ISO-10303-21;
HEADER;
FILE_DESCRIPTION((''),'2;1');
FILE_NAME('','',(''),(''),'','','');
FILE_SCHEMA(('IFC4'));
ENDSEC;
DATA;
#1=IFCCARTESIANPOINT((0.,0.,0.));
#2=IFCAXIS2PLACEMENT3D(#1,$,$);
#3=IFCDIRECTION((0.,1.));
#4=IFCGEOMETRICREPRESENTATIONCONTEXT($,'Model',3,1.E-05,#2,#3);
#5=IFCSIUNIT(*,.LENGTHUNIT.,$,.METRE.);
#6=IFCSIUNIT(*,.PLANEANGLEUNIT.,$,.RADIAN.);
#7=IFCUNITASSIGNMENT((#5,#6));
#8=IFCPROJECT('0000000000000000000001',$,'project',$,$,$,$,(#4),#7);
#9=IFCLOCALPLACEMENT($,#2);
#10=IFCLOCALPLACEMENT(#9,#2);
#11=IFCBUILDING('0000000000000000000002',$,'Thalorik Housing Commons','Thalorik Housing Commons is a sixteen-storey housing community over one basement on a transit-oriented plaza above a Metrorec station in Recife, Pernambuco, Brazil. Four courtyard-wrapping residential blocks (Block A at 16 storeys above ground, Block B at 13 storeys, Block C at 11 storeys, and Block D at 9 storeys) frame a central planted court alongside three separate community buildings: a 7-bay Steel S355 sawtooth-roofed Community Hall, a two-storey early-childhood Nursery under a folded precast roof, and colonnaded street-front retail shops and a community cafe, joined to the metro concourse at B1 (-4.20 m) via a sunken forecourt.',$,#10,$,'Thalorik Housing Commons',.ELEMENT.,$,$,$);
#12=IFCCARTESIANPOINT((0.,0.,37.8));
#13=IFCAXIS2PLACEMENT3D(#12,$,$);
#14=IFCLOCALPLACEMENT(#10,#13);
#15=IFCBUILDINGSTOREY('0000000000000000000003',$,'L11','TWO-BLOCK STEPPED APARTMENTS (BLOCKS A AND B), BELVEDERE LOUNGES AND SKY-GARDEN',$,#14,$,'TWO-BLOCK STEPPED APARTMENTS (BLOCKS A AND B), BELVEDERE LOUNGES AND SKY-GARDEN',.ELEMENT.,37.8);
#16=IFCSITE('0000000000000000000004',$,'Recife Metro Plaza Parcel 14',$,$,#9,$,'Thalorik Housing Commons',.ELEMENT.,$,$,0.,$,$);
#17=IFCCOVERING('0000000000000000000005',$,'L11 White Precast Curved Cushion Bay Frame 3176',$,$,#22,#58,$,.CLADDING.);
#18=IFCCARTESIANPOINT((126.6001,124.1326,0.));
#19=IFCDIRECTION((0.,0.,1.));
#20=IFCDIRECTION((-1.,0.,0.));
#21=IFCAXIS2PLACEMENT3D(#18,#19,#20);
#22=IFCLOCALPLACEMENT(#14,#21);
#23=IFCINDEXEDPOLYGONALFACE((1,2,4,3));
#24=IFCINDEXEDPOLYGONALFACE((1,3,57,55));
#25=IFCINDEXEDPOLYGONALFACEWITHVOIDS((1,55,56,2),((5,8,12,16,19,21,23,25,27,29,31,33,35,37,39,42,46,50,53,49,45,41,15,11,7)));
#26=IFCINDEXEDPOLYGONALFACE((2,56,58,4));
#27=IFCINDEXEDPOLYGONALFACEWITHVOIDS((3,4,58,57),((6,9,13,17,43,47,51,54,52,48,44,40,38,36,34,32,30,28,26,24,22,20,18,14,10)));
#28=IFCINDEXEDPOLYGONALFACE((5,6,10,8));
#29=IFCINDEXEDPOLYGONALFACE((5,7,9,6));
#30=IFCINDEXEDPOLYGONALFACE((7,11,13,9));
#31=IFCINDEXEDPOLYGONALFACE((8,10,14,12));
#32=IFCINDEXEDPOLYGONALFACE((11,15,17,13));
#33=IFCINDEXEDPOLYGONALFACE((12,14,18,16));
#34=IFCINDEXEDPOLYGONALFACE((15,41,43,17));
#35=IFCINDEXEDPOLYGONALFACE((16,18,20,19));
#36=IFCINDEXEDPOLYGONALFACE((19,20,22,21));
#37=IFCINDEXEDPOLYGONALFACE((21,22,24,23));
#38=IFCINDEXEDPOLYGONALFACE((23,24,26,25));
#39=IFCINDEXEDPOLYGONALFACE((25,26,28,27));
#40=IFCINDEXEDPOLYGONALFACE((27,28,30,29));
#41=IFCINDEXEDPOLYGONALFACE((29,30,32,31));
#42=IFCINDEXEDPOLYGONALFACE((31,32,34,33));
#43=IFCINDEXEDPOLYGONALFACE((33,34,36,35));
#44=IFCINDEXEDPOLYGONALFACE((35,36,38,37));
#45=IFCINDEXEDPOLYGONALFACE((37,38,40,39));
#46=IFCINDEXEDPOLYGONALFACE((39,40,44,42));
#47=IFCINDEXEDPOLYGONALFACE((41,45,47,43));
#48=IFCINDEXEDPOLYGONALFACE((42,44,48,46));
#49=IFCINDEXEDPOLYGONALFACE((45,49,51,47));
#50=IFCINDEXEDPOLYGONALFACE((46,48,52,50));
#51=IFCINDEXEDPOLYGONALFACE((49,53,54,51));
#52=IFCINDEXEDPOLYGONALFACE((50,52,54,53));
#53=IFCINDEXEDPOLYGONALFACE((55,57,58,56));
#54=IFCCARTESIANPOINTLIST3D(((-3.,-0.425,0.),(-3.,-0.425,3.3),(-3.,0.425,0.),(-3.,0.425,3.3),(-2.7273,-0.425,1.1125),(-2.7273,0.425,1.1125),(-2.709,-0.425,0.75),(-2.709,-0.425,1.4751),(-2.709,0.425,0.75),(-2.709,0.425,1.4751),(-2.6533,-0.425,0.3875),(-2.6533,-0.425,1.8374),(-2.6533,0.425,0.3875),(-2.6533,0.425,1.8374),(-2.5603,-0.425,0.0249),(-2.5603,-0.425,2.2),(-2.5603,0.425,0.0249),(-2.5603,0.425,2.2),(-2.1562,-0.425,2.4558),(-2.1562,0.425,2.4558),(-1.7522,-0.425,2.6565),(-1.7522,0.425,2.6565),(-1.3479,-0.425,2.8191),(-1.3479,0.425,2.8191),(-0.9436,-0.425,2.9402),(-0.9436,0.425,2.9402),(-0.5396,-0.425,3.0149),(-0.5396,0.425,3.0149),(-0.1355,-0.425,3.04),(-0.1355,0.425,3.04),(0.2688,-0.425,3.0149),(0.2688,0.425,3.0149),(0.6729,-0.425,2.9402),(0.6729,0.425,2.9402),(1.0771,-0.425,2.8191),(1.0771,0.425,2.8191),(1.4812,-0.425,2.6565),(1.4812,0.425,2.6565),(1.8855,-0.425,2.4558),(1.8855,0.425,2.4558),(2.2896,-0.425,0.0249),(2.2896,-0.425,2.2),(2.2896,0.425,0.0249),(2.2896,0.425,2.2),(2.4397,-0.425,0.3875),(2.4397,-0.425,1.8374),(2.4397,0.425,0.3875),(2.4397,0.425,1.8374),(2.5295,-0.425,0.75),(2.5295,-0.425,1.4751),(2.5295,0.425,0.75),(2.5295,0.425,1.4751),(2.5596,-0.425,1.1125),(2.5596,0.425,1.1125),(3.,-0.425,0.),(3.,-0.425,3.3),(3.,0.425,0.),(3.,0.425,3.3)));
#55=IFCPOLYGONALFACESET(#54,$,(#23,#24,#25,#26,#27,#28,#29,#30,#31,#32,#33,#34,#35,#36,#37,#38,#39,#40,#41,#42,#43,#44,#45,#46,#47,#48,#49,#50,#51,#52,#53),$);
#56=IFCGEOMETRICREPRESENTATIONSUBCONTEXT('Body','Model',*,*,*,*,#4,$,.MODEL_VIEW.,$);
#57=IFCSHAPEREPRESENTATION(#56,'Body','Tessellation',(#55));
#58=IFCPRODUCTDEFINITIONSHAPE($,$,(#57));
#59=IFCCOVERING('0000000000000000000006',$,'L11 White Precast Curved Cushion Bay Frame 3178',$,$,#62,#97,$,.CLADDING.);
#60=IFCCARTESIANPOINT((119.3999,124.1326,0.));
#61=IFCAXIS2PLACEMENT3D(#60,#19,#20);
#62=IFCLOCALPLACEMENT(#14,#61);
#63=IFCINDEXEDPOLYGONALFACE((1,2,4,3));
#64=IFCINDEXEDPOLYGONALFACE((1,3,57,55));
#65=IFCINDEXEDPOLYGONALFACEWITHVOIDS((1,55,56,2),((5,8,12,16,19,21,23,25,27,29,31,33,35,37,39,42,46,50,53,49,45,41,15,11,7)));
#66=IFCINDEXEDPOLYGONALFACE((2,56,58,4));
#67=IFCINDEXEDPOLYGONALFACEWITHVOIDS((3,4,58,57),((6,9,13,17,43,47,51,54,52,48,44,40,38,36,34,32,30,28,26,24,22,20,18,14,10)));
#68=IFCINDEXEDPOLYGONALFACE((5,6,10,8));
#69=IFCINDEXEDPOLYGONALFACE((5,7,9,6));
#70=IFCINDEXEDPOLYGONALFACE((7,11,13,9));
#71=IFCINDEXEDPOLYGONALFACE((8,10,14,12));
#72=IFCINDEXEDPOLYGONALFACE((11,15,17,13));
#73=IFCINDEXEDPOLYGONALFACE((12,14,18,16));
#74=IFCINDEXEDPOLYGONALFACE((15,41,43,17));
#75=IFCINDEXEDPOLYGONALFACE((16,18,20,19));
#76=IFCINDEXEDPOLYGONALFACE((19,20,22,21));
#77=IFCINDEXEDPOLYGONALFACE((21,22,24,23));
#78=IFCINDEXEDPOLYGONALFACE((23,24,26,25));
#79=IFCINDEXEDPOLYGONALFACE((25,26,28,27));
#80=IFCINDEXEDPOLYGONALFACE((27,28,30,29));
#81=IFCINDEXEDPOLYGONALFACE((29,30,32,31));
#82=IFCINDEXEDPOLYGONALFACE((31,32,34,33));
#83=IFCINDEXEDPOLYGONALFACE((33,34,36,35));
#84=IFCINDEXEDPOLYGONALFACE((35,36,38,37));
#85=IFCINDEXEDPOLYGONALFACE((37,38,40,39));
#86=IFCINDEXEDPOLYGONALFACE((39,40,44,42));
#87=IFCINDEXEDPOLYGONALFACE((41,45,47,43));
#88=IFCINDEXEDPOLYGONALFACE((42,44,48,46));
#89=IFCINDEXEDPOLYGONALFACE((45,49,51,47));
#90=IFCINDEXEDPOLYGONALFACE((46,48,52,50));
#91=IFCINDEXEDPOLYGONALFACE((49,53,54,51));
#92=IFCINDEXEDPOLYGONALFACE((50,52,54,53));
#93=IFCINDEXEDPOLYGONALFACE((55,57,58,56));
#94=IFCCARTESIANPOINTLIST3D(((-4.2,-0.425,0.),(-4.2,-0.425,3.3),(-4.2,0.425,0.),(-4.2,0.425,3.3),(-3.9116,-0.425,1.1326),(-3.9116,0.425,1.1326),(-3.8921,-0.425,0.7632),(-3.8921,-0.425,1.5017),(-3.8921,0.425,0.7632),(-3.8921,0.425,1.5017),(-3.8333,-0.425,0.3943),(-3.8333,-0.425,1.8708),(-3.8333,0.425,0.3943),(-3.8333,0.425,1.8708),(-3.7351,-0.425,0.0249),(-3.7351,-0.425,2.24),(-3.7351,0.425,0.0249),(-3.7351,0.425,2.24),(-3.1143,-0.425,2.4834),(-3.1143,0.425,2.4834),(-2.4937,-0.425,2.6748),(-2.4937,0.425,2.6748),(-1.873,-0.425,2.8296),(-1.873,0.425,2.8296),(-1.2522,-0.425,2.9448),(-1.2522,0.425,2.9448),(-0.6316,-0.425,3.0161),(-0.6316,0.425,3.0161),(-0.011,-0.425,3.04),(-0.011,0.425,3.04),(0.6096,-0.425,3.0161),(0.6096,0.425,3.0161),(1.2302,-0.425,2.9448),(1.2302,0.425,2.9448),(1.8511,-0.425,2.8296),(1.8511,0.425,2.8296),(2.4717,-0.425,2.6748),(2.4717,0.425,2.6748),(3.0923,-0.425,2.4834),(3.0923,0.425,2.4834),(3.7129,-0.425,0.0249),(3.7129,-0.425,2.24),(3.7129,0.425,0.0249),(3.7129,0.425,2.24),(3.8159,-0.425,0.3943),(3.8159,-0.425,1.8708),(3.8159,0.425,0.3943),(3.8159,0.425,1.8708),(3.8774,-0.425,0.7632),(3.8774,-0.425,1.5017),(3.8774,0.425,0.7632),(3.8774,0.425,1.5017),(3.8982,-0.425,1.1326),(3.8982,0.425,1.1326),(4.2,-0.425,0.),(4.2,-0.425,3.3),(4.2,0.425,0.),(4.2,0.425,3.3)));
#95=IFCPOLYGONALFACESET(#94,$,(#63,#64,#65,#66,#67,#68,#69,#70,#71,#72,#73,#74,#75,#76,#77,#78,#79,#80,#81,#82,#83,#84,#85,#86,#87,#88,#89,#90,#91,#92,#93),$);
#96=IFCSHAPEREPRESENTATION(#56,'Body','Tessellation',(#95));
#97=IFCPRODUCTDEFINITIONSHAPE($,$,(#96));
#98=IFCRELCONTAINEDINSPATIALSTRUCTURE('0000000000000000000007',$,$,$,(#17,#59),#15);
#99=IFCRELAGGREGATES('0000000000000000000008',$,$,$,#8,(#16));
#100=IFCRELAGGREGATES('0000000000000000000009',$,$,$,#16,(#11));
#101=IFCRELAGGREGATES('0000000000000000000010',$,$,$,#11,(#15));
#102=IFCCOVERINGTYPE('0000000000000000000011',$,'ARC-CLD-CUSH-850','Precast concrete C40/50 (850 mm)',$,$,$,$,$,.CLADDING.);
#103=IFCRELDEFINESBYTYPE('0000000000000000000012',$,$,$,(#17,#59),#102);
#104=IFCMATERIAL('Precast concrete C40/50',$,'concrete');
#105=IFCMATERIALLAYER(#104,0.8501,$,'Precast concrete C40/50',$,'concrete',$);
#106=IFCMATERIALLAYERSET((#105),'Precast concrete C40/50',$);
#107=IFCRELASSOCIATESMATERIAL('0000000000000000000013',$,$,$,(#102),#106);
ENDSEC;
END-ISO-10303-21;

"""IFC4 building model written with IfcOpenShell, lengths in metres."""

from ifc_helpers import new_model, si_unit, direction, frame, origin, place, context, subcontext, project, spatial, polyline, outline, extrude, material, layer, layer_set, type_object, element, save


model = new_model("IFC4")

# Units and contexts
model_context = context("Model", 3, precision=1e-05, world=origin(), true_north=direction((0.0, 1.0)))
body_context = subcontext(model_context, "Body", "Model", "MODEL_VIEW")
ifc_project = project(units=[si_unit("LENGTHUNIT", "METRE"), si_unit("PLANEANGLEUNIT", "RADIAN")], contexts=[model_context])

# Site, building, storey
site_placement = place(None, origin())
site = spatial("IfcSite", under=ifc_project, at=site_placement, Name="Recife Metro Plaza Parcel 14", LongName="Thalorik Housing Commons", CompositionType="ELEMENT", RefElevation=0.0)
building_placement = place(site_placement, origin())
building = spatial("IfcBuilding", under=site, at=building_placement, Name="Thalorik Housing Commons", Description="Thalorik Housing Commons is a sixteen-storey housing community over one basement on a transit-oriented plaza above a Metrorec station in Recife, Pernambuco, Brazil. Four courtyard-wrapping residential blocks (Block A at 16 storeys above ground, Block B at 13 storeys, Block C at 11 storeys, and Block D at 9 storeys) frame a central planted court alongside three separate community buildings: a 7-bay Steel S355 sawtooth-roofed Community Hall, a two-storey early-childhood Nursery under a folded precast roof, and colonnaded street-front retail shops and a community cafe, joined to the metro concourse at B1 (-4.20 m) via a sunken forecourt.", LongName="Thalorik Housing Commons", CompositionType="ELEMENT")
storey_placement = place(building_placement, frame((0.0, 0.0, 37.8)))
storey = spatial("IfcBuildingStorey", under=building, at=storey_placement, Name="L11", Description="TWO-BLOCK STEPPED APARTMENTS (BLOCKS A AND B), BELVEDERE LOUNGES AND SKY-GARDEN", LongName="TWO-BLOCK STEPPED APARTMENTS (BLOCKS A AND B), BELVEDERE LOUNGES AND SKY-GARDEN", CompositionType="ELEMENT", Elevation=37.8)

# Shared definitions
ifc_material_1 = material(Name="Precast concrete C40/50", Category="concrete")

# Coverings
ifc_layer_1 = layer(ifc_material_1, 0.8501, Name="Precast concrete C40/50", Category="concrete")
ifc_layer_set_1 = layer_set([ifc_layer_1], Name="Precast concrete C40/50")
covering_type_1 = type_object("IfcCoveringType", Name="ARC-CLD-CUSH-850", Description="Precast concrete C40/50 (850 mm)", PredefinedType="CLADDING", material=ifc_layer_set_1)
covering_1_placement = place(storey_placement, frame((126.6001, 124.1326, 0.0), z_axis=(0.0, 0.0, 1.0), x_axis=(-1.0, 0.0, 0.0)))
element("IfcCovering", 1, at=covering_1_placement, inside=storey, type_object=covering_type_1, Name="L11 White Precast Curved Cushion Bay Frame 3176", PredefinedType="CLADDING", context=body_context, shape_type="SweptSolid", body=[
    extrude(outline(polyline([(-3.0, 0.0), (3.0, 0.0), (3.0, 3.3), (-3.0, 3.3), (-3.0, 0.0)]), holes=[polyline([(2.2896, 0.0249), (2.4397, 0.3875), (2.5295, 0.75), (2.5596, 1.1125), (2.5295, 1.4751), (2.4397, 1.8374), (2.2896, 2.2), (1.8855, 2.4558), (1.4812, 2.6565), (1.0771, 2.8191), (0.6729, 2.9402), (0.2688, 3.0149), (-0.1355, 3.04), (-0.5396, 3.0149), (-0.9436, 2.9402), (-1.3479, 2.8191), (-1.7522, 2.6565), (-2.1562, 2.4558), (-2.5603, 2.2), (-2.6533, 1.8374), (-2.709, 1.4751), (-2.7273, 1.1125), (-2.709, 0.75), (-2.6533, 0.3875), (-2.5603, 0.0249), (2.2896, 0.0249)])]), frame((0.0, 0.425, 0.0), z_axis=(0.0, -1.0, 0.0), x_axis=(1.0, 0.0, 0.0)), (0.0, 0.0, 1.0), 0.8501),
])
covering_2_placement = place(storey_placement, frame((119.3999, 124.1326, 0.0), z_axis=(0.0, 0.0, 1.0), x_axis=(-1.0, 0.0, 0.0)))
element("IfcCovering", 2, at=covering_2_placement, inside=storey, type_object=covering_type_1, Name="L11 White Precast Curved Cushion Bay Frame 3178", PredefinedType="CLADDING", context=body_context, shape_type="SweptSolid", body=[
    extrude(outline(polyline([(-4.2, 0.0), (4.2, 0.0), (4.2, 3.3), (-4.2, 3.3), (-4.2, 0.0)]), holes=[polyline([(3.7129, 0.0249), (3.8159, 0.3943), (3.8774, 0.7632), (3.8982, 1.1326), (3.8774, 1.5017), (3.8159, 1.8708), (3.7129, 2.24), (3.0923, 2.4834), (2.4717, 2.6748), (1.8511, 2.8296), (1.2302, 2.9448), (0.6096, 3.0161), (-0.011, 3.04), (-0.6316, 3.0161), (-1.2522, 2.9448), (-1.873, 2.8296), (-2.4937, 2.6748), (-3.1143, 2.4834), (-3.7351, 2.24), (-3.8333, 1.8708), (-3.8921, 1.5017), (-3.9116, 1.1326), (-3.8921, 0.7632), (-3.8333, 0.3943), (-3.7351, 0.0249), (3.7129, 0.0249)])]), frame((0.0, 0.425, 0.0), z_axis=(0.0, -1.0, 0.0), x_axis=(1.0, 0.0, 0.0)), (0.0, 0.0, 1.0), 0.8501),
])

save(model, "model.ifc")
